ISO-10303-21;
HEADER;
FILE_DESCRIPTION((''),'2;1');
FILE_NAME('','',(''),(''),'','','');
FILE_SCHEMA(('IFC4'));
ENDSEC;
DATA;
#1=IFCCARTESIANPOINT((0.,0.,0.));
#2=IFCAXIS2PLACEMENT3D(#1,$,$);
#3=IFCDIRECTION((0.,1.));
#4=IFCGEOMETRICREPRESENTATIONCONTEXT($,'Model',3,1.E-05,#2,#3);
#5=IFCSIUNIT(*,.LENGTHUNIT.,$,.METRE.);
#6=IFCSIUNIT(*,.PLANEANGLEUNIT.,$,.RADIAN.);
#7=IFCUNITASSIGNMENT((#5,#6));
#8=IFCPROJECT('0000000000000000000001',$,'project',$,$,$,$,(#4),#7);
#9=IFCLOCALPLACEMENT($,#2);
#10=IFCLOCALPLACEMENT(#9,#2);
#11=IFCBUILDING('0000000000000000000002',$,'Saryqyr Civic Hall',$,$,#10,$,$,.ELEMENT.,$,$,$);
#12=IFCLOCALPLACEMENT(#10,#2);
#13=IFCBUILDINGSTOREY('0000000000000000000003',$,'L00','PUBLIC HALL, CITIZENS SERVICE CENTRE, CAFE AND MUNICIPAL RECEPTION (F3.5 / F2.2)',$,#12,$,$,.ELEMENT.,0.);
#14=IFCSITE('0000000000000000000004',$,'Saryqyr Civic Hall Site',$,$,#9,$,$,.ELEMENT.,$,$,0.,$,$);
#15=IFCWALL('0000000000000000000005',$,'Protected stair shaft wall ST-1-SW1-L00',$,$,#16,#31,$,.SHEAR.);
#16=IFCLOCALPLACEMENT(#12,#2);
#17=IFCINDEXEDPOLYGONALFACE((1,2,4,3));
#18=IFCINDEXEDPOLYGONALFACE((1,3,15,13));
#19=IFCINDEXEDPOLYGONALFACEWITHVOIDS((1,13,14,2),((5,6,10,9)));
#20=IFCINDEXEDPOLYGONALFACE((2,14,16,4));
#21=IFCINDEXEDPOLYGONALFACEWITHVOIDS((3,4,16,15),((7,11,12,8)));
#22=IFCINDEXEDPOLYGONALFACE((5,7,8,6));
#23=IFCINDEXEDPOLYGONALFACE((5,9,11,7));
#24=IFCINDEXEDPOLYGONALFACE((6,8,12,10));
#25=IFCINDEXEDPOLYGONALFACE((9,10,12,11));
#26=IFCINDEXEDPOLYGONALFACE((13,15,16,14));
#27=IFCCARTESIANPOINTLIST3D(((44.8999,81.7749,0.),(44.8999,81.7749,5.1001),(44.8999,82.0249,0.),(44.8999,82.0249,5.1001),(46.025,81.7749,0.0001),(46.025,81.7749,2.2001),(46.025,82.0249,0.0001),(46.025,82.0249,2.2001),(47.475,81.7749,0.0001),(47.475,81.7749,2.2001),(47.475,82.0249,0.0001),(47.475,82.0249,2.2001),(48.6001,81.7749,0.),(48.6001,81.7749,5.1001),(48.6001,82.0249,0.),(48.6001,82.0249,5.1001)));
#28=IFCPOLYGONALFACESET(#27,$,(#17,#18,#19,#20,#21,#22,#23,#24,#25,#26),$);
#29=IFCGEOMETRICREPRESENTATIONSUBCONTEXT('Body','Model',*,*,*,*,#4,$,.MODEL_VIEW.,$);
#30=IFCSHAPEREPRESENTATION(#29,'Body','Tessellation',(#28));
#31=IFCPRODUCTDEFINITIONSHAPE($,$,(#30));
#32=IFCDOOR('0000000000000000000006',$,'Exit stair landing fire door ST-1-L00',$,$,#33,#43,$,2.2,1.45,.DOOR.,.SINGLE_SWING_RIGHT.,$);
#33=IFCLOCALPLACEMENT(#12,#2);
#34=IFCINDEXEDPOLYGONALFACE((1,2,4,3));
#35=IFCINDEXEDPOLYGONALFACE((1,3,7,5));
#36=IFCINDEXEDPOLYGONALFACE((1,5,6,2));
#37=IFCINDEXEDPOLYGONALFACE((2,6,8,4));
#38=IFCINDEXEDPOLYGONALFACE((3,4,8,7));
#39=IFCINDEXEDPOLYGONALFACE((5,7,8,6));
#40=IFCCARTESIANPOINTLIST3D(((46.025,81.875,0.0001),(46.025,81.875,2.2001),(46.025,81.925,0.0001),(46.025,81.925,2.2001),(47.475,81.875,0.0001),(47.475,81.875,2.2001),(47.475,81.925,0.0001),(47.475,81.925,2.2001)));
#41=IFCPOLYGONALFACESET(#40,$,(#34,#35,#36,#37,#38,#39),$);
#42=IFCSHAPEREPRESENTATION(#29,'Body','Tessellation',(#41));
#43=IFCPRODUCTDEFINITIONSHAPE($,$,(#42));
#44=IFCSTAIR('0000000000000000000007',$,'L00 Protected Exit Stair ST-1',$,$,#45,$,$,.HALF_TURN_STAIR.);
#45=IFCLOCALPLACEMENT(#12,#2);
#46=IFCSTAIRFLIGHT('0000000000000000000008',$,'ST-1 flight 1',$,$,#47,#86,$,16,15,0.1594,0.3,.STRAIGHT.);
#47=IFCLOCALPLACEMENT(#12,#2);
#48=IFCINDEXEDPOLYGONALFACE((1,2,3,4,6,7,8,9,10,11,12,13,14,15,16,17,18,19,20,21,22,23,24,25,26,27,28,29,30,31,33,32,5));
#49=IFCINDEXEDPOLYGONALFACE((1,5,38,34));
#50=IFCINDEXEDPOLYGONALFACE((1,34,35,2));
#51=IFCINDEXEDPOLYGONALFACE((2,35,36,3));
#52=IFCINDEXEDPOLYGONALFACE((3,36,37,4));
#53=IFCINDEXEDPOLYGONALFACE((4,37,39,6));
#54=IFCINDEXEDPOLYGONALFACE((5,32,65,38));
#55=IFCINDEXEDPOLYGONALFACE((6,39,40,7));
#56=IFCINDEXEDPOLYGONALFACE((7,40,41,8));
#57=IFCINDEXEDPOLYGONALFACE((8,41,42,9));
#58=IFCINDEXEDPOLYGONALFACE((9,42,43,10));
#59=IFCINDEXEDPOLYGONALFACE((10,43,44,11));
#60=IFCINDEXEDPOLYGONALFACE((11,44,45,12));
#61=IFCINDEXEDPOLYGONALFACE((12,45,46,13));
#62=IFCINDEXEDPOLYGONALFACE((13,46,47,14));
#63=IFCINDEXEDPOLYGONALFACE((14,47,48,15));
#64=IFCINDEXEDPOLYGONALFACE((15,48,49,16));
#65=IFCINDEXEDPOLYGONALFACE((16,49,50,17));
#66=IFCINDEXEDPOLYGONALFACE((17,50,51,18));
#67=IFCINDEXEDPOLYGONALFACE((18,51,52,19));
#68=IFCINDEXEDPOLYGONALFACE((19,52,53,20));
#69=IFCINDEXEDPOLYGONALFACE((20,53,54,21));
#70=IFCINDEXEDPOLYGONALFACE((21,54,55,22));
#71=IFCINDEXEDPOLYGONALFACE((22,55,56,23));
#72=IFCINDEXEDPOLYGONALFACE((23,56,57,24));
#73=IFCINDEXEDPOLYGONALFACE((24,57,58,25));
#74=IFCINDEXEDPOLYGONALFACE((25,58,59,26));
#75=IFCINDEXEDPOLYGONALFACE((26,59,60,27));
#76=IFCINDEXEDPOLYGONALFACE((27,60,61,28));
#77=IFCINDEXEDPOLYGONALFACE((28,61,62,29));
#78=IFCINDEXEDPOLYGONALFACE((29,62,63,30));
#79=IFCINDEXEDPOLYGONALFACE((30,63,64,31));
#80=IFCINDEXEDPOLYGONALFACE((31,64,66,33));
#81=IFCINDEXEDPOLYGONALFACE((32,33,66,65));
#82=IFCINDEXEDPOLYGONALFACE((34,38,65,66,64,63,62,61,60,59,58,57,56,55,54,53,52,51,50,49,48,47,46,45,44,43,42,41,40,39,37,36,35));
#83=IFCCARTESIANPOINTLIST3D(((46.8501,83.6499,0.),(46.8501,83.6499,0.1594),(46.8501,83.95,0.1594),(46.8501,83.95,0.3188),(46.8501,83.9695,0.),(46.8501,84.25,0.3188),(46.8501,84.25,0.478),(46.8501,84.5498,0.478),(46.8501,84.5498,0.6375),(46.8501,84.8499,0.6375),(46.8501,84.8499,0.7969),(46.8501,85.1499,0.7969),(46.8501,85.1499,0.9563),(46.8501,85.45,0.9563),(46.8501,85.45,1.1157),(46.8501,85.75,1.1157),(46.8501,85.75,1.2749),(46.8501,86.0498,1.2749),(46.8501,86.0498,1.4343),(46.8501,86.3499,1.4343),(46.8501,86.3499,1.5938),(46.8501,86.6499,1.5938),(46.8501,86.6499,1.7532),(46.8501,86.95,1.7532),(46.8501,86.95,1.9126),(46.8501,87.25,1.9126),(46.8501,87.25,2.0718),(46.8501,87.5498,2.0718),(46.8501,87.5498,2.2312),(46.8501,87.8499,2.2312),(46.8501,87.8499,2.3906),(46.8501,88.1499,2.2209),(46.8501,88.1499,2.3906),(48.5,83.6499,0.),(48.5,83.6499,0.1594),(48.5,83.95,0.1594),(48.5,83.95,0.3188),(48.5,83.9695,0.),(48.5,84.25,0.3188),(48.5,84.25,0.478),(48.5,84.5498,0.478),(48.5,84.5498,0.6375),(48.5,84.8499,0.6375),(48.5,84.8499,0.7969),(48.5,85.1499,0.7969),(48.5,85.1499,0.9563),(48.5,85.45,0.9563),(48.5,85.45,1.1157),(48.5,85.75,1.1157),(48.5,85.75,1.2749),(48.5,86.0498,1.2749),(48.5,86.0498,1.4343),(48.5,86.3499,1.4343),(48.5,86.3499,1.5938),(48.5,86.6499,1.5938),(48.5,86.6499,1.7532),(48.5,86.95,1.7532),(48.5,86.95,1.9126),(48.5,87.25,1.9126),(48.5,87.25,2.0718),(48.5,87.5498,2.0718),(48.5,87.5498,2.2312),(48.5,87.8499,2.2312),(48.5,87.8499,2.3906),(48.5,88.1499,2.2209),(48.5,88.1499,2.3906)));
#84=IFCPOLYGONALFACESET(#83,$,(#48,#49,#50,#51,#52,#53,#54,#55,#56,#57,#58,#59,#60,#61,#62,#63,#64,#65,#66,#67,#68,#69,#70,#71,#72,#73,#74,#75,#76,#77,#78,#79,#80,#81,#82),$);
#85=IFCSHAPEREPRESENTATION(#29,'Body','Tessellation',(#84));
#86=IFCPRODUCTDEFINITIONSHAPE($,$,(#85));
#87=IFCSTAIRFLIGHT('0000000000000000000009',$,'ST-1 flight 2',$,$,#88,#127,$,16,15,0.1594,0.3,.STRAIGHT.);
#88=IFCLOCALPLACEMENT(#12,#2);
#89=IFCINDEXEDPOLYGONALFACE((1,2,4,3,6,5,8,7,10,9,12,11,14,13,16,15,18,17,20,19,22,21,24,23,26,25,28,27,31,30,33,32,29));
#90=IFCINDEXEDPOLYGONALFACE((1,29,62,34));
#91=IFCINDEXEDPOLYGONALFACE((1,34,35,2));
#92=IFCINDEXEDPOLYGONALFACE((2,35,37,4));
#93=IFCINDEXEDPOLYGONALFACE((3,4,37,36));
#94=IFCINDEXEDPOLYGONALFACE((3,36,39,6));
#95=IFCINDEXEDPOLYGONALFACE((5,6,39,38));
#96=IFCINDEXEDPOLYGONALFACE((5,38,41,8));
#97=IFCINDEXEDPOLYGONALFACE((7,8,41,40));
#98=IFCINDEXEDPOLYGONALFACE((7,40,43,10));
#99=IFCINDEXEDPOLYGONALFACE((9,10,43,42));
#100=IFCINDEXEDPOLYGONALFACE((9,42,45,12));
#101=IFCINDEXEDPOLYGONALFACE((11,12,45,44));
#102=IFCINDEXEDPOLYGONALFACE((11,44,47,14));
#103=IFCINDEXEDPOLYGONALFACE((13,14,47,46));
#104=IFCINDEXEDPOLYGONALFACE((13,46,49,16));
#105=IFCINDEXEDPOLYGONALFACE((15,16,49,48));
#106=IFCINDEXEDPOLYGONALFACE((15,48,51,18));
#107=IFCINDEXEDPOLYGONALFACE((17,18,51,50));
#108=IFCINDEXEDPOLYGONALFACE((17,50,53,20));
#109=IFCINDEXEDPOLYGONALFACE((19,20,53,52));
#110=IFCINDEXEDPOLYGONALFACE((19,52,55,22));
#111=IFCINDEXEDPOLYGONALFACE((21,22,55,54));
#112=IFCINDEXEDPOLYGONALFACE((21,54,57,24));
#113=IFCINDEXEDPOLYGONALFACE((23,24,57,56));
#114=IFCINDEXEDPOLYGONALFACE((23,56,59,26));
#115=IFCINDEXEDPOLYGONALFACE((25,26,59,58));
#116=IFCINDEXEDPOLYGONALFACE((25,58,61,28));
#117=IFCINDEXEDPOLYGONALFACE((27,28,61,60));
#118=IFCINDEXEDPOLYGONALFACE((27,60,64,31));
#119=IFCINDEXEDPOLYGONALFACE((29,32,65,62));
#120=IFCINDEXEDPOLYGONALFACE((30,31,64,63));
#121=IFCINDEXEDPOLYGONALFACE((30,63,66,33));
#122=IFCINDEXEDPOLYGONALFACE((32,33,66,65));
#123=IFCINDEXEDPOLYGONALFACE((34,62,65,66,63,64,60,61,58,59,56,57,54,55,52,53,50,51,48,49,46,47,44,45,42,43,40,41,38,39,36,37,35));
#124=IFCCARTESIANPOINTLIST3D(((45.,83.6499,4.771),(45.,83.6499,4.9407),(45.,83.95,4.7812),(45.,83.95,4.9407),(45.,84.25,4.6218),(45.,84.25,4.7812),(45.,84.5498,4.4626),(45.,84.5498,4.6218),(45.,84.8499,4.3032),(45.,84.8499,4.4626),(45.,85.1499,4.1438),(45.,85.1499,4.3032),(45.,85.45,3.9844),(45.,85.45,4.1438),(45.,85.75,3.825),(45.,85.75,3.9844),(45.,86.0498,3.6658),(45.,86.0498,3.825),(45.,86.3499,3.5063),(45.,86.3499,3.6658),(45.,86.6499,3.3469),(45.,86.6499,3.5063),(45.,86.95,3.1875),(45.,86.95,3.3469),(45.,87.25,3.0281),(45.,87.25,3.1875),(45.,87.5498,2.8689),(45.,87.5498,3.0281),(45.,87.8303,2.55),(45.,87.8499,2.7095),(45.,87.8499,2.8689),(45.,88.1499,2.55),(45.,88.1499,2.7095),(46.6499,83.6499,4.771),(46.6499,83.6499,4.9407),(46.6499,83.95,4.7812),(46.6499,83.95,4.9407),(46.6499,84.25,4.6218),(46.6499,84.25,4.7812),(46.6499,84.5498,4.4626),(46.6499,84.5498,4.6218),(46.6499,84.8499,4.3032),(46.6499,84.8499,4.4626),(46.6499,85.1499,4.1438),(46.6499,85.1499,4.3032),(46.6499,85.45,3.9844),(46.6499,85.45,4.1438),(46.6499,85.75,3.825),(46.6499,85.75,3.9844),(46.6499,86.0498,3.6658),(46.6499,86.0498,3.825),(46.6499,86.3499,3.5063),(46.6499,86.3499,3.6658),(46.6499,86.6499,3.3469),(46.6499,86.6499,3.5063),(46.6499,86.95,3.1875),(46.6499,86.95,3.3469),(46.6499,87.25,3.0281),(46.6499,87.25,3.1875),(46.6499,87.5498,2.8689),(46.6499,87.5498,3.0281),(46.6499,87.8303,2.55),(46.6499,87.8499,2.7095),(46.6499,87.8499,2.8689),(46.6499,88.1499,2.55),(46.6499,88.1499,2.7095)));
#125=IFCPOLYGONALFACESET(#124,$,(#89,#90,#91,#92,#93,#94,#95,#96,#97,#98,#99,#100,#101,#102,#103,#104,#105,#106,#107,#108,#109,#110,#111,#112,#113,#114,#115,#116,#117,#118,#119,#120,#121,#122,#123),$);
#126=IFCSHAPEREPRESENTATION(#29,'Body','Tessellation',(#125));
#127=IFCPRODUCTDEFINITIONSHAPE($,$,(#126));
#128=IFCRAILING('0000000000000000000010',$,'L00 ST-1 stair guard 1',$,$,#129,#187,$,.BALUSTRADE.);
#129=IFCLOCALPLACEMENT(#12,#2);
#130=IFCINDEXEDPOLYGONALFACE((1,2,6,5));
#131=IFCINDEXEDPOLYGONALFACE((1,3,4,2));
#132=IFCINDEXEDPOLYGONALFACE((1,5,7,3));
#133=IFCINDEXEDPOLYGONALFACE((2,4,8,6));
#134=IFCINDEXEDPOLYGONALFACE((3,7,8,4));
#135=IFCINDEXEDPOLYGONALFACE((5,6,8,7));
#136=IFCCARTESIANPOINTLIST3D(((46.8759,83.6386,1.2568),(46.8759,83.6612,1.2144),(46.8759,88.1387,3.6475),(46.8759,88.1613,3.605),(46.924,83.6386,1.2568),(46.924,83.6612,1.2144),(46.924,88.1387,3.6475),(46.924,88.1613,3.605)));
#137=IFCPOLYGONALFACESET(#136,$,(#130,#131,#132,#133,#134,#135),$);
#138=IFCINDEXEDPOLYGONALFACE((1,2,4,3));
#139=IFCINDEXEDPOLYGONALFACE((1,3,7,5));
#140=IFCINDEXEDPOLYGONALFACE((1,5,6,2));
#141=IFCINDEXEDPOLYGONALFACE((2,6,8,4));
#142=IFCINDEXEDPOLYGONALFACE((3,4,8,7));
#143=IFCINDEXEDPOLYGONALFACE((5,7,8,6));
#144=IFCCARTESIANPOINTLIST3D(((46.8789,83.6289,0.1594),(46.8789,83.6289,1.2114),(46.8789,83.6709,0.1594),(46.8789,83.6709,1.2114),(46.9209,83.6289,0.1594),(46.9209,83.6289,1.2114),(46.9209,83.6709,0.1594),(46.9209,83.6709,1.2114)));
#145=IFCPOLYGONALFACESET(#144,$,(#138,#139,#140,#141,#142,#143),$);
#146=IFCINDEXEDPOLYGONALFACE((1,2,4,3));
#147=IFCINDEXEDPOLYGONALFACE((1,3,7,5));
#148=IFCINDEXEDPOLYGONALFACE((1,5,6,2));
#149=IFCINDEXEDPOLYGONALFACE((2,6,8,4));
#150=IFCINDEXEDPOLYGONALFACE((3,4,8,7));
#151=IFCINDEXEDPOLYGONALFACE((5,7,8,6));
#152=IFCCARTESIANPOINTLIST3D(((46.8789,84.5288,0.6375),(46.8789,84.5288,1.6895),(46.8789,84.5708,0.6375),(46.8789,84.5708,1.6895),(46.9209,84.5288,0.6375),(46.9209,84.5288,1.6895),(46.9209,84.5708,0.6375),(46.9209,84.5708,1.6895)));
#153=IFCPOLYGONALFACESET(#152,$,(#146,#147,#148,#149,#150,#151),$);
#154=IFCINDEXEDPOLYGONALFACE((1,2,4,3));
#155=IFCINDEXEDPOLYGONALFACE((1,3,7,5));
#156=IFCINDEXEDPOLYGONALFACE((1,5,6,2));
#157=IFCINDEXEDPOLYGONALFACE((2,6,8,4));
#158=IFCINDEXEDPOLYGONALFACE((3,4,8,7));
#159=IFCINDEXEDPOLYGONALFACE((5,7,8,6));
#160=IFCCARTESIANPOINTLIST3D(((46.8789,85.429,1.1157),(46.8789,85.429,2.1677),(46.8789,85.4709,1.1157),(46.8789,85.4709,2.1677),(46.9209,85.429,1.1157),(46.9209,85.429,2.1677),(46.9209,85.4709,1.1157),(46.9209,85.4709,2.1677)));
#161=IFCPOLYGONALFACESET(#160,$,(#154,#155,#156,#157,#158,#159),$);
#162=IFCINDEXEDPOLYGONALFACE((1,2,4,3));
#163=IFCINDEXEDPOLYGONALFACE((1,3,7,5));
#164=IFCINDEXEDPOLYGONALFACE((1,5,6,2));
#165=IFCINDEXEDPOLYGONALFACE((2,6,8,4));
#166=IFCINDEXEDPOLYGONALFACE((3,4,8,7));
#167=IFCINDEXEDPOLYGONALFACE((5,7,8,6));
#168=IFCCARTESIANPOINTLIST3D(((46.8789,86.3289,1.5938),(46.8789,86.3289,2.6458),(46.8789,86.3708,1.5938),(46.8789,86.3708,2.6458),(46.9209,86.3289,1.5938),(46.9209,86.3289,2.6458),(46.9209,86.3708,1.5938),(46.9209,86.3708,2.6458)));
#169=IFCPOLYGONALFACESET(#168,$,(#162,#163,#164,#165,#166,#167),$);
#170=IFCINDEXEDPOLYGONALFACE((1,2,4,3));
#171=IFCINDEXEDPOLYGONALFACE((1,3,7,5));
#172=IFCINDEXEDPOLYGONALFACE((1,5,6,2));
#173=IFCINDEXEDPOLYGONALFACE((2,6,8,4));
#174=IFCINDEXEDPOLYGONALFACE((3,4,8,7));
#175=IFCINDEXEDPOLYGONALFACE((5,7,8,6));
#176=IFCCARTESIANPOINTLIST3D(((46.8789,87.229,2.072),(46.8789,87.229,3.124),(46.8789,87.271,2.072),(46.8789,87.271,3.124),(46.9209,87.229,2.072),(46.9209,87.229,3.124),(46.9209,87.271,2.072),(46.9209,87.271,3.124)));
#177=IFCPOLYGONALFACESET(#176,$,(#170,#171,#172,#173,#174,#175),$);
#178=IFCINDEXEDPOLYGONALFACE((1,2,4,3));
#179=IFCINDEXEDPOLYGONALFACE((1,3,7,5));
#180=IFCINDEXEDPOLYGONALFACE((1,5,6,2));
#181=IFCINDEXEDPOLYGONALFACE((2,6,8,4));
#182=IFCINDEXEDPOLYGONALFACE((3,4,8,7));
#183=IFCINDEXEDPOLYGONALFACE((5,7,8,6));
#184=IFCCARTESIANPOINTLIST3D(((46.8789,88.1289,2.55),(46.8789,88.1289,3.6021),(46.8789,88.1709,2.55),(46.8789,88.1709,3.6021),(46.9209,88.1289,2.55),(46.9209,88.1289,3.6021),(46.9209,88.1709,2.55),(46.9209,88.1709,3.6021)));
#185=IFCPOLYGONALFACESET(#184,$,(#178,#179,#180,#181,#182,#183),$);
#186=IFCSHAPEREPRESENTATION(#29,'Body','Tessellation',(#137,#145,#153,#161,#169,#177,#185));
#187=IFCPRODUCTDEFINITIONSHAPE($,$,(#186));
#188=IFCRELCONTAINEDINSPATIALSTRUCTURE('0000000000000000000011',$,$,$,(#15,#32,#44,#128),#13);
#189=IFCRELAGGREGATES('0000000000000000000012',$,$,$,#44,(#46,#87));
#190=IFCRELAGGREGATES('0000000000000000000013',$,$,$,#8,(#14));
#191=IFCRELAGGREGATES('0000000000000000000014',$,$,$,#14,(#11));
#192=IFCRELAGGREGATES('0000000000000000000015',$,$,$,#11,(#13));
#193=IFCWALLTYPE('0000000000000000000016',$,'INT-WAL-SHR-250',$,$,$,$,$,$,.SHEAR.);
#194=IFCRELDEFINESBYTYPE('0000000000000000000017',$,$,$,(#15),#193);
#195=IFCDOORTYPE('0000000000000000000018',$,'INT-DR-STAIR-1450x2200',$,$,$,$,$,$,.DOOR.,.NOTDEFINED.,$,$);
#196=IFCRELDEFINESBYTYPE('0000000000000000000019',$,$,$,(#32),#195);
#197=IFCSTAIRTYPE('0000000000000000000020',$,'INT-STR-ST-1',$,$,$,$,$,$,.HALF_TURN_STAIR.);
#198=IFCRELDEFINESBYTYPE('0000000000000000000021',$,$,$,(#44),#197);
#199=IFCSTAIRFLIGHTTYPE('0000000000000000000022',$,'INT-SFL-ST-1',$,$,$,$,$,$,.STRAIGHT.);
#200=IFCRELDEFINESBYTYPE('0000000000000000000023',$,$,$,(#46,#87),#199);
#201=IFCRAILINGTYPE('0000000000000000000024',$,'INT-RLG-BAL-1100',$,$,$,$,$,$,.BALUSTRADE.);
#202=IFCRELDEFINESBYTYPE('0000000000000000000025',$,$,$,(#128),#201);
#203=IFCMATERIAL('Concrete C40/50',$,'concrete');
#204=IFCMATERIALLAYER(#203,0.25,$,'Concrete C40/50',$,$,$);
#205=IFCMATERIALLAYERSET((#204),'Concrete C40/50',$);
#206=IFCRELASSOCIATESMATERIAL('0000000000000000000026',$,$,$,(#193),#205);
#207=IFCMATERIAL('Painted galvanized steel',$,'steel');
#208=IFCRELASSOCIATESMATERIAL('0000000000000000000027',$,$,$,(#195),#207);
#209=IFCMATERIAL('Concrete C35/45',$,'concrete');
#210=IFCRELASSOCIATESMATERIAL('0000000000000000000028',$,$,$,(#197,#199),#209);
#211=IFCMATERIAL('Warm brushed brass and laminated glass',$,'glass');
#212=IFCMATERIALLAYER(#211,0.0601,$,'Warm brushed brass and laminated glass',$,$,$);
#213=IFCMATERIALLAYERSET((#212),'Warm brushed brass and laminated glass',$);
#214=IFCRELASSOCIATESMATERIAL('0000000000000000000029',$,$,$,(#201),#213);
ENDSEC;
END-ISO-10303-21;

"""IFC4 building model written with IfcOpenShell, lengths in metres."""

from ifc_helpers import new_model, si_unit, direction, frame, frame_2d, origin, origin_2d, place, context, subcontext, project, spatial, polyline, rectangle, outline, extrude, material, layer, layer_set, type_object, element, fill, aggregate, save


model = new_model("IFC4")

# Units and contexts
model_context = context("Model", 3, precision=1e-05, world=origin(), true_north=direction((0.0, 1.0)))
body_context = subcontext(model_context, "Body", "Model", "MODEL_VIEW")
ifc_project = project(units=[si_unit("LENGTHUNIT", "METRE"), si_unit("PLANEANGLEUNIT", "RADIAN")], contexts=[model_context])

# Site, building, storey
site_placement = place(None, origin())
site = spatial("IfcSite", under=ifc_project, at=site_placement, Name="Saryqyr Civic Hall Site", CompositionType="ELEMENT", RefElevation=0.0)
building_placement = place(site_placement, origin())
building = spatial("IfcBuilding", under=site, at=building_placement, Name="Saryqyr Civic Hall", CompositionType="ELEMENT")
storey_placement = place(building_placement, origin())
storey = spatial("IfcBuildingStorey", under=building, at=storey_placement, Name="L00", Description="PUBLIC HALL, CITIZENS SERVICE CENTRE, CAFE AND MUNICIPAL RECEPTION (F3.5 / F2.2)", CompositionType="ELEMENT", Elevation=0.0)

# Shared definitions
ifc_material_1 = material(Name="Concrete C40/50", Category="concrete")

# Shared definitions
ifc_material_2 = material(Name="Concrete C35/45", Category="concrete")

# Shared definitions
ifc_material_3 = material(Name="Painted galvanized steel", Category="steel")

# Wall, opening, door
ifc_layer_1 = layer(ifc_material_1, 0.25, Name="Concrete C40/50")
ifc_layer_set_1 = layer_set([ifc_layer_1], Name="Concrete C40/50")
wall_type_1 = type_object("IfcWallType", Name="INT-WAL-SHR-250", PredefinedType="SHEAR", material=ifc_layer_set_1)
wall_1_placement = place(storey_placement, frame((48.6001, 81.8999, 0.0), z_axis=(0.0, 0.0, 1.0), x_axis=(-1.0, 0.0, 0.0)))
wall_1 = element("IfcWall", 1, at=wall_1_placement, inside=storey, type_object=wall_type_1, Name="Protected stair shaft wall ST-1-SW1-L00", PredefinedType="SHEAR", context=body_context, shape_type="SweptSolid", body=[
    extrude(rectangle(XDim=3.7002, YDim=0.25, at=frame_2d((1.8501, 0.0))), origin(), (0.0, 0.0, 1.0), 5.1001),
])
opening_1_placement = place(wall_1_placement, frame((1.125, 0.0, 0.0)))
opening_1 = element("IfcOpeningElement", 2, at=opening_1_placement, cuts=wall_1, PredefinedType="OPENING", context=body_context, shape_type="SweptSolid", body=[
    extrude(rectangle(XDim=1.45, YDim=2.2, at=frame_2d((0.7251, 1.1001))), frame((0.0, 0.135, 0.0), z_axis=(0.0, -1.0, 0.0), x_axis=(1.0, 0.0, 0.0)), (0.0, 0.0, 1.0), 0.27),
])
door_type_1 = type_object("IfcDoorType", Name="INT-DR-STAIR-1450x2200", OperationType="NOTDEFINED", PredefinedType="DOOR", material=ifc_material_3)
door_1_placement = place(opening_1_placement, origin())
door_1 = element("IfcDoor", 3, at=door_1_placement, inside=storey, type_object=door_type_1, Name="Exit stair landing fire door ST-1-L00", OperationType="SINGLE_SWING_RIGHT", OverallHeight=2.2, OverallWidth=1.45, PredefinedType="DOOR", context=body_context, shape_type="SweptSolid", body=[
    extrude(rectangle(XDim=1.45, YDim=2.2, at=frame_2d((0.7251, 1.1001))), frame((0.0, 0.0249, 0.0), z_axis=(0.0, -1.0, 0.0), x_axis=(1.0, 0.0, 0.0)), (0.0, 0.0, 1.0), 0.05),
])
fill(opening_1, door_1)

# Stair, stair flights
stair_type = type_object("IfcStairType", Name="INT-STR-ST-1", PredefinedType="HALF_TURN_STAIR", material=ifc_material_2)
stair_placement = place(storey_placement, origin())
stair = element("IfcStair", 4, at=stair_placement, inside=storey, type_object=stair_type, Name="L00 Protected Exit Stair ST-1", PredefinedType="HALF_TURN_STAIR")
stair_flight_type = type_object("IfcStairFlightType", Name="INT-SFL-ST-1", PredefinedType="STRAIGHT", material=ifc_material_2)
stair_flight_1_placement = place(storey_placement, frame((47.675, 83.6499, 0.0), z_axis=(0.0, 0.0, 1.0), x_axis=(0.0, 1.0, 0.0)))
stair_flight_1 = element("IfcStairFlight", 5, at=stair_flight_1_placement, type_object=stair_flight_type, Name="ST-1 flight 1", NumberOfRisers=16, NumberOfTreads=15, PredefinedType="STRAIGHT", RiserHeight=0.1594, TreadLength=0.3, context=body_context, shape_type="SweptSolid", body=[
    extrude(outline(polyline([(0.0, 0.0), (0.0, 0.1594), (0.3, 0.1594), (0.3, 0.3188), (0.6001, 0.3188), (0.6001, 0.478), (0.8999, 0.478), (0.8999, 0.6375), (1.2, 0.6375), (1.2, 0.7969), (1.5, 0.7969), (1.5, 0.9563), (1.8, 0.9563), (1.8, 1.1157), (2.1001, 1.1157), (2.1001, 1.2749), (2.3999, 1.2749), (2.3999, 1.4343), (2.7, 1.4343), (2.7, 1.5938), (3.0, 1.5938), (3.0, 1.7532), (3.3, 1.7532), (3.3, 1.9126), (3.6001, 1.9126), (3.6001, 2.0718), (3.8999, 2.0718), (3.8999, 2.2312), (4.2, 2.2312), (4.2, 2.3906), (4.5, 2.3906), (4.5, 2.55), (4.5, 2.2209), (0.3196, 0.0), (0.0, 0.0)])), frame((0.0, 0.825, 0.0), z_axis=(0.0, -1.0, 0.0), x_axis=(1.0, 0.0, 0.0)), (0.0, 0.0, 1.0), 1.6499),
])
stair_flight_2_placement = place(storey_placement, frame((45.825, 88.1499, 2.55), z_axis=(0.0, 0.0, 1.0), x_axis=(0.0, -1.0, 0.0)))
stair_flight_2 = element("IfcStairFlight", 6, at=stair_flight_2_placement, type_object=stair_flight_type, Name="ST-1 flight 2", NumberOfRisers=16, NumberOfTreads=15, PredefinedType="STRAIGHT", RiserHeight=0.1594, TreadLength=0.3, context=body_context, shape_type="SweptSolid", body=[
    extrude(outline(polyline([(0.0, 0.0), (0.0, 0.1594), (0.3, 0.1594), (0.3, 0.3188), (0.6001, 0.3188), (0.6001, 0.478), (0.8999, 0.478), (0.8999, 0.6375), (1.2, 0.6375), (1.2, 0.7969), (1.5, 0.7969), (1.5, 0.9563), (1.8, 0.9563), (1.8, 1.1157), (2.1001, 1.1157), (2.1001, 1.2749), (2.3999, 1.2749), (2.3999, 1.4343), (2.7, 1.4343), (2.7, 1.5938), (3.0, 1.5938), (3.0, 1.7532), (3.3, 1.7532), (3.3, 1.9126), (3.6001, 1.9126), (3.6001, 2.0718), (3.8999, 2.0718), (3.8999, 2.2312), (4.2, 2.2312), (4.2, 2.3906), (4.5, 2.3906), (4.5, 2.55), (4.5, 2.2209), (0.3196, 0.0), (0.0, 0.0)])), frame((0.0, 0.825, 0.0), z_axis=(0.0, -1.0, 0.0), x_axis=(1.0, 0.0, 0.0)), (0.0, 0.0, 1.0), 1.6499),
])
aggregate(stair, [stair_flight_1, stair_flight_2])

# Railing
ifc_material_4 = material(Name="Warm brushed brass and laminated glass", Category="glass")
ifc_layer_2 = layer(ifc_material_4, 0.0601, Name="Warm brushed brass and laminated glass")
ifc_layer_set_2 = layer_set([ifc_layer_2], Name="Warm brushed brass and laminated glass")
railing_type_1 = type_object("IfcRailingType", Name="INT-RLG-BAL-1100", PredefinedType="BALUSTRADE", material=ifc_layer_set_2)
railing_1_placement = place(storey_placement, frame((46.8999, 83.6499, 0.1594)))
element("IfcRailing", 7, at=railing_1_placement, inside=storey, type_object=railing_type_1, Name="L00 ST-1 stair guard 1", PredefinedType="BALUSTRADE", context=body_context, shape_type="SweptSolid", body=[
    extrude(rectangle(XDim=0.0481, YDim=0.0481, at=origin_2d()), frame((0.0, 0.0, 1.0762), z_axis=(0.0, 0.883116, 0.469155), x_axis=(-1.0, 0.0, 0.0)), (0.0, 0.0, 1.0), 5.0957),
    extrude(rectangle(XDim=0.042, YDim=0.042, at=origin_2d()), origin(), (0.0, 0.0, 1.0), 1.052),
    extrude(rectangle(XDim=0.042, YDim=0.042, at=origin_2d()), frame((0.0, 0.8999, 0.478)), (0.0, 0.0, 1.0), 1.052),
    extrude(rectangle(XDim=0.042, YDim=0.042, at=origin_2d()), frame((0.0, 1.8, 0.9563)), (0.0, 0.0, 1.0), 1.052),
    extrude(rectangle(XDim=0.042, YDim=0.042, at=origin_2d()), frame((0.0, 2.7, 1.4343)), (0.0, 0.0, 1.0), 1.052),
    extrude(rectangle(XDim=0.042, YDim=0.042, at=origin_2d()), frame((0.0, 3.6001, 1.9126)), (0.0, 0.0, 1.0), 1.052),
    extrude(rectangle(XDim=0.042, YDim=0.042, at=origin_2d()), frame((0.0, 4.5, 2.3906)), (0.0, 0.0, 1.0), 1.052),
])

save(model, "model.ifc")
